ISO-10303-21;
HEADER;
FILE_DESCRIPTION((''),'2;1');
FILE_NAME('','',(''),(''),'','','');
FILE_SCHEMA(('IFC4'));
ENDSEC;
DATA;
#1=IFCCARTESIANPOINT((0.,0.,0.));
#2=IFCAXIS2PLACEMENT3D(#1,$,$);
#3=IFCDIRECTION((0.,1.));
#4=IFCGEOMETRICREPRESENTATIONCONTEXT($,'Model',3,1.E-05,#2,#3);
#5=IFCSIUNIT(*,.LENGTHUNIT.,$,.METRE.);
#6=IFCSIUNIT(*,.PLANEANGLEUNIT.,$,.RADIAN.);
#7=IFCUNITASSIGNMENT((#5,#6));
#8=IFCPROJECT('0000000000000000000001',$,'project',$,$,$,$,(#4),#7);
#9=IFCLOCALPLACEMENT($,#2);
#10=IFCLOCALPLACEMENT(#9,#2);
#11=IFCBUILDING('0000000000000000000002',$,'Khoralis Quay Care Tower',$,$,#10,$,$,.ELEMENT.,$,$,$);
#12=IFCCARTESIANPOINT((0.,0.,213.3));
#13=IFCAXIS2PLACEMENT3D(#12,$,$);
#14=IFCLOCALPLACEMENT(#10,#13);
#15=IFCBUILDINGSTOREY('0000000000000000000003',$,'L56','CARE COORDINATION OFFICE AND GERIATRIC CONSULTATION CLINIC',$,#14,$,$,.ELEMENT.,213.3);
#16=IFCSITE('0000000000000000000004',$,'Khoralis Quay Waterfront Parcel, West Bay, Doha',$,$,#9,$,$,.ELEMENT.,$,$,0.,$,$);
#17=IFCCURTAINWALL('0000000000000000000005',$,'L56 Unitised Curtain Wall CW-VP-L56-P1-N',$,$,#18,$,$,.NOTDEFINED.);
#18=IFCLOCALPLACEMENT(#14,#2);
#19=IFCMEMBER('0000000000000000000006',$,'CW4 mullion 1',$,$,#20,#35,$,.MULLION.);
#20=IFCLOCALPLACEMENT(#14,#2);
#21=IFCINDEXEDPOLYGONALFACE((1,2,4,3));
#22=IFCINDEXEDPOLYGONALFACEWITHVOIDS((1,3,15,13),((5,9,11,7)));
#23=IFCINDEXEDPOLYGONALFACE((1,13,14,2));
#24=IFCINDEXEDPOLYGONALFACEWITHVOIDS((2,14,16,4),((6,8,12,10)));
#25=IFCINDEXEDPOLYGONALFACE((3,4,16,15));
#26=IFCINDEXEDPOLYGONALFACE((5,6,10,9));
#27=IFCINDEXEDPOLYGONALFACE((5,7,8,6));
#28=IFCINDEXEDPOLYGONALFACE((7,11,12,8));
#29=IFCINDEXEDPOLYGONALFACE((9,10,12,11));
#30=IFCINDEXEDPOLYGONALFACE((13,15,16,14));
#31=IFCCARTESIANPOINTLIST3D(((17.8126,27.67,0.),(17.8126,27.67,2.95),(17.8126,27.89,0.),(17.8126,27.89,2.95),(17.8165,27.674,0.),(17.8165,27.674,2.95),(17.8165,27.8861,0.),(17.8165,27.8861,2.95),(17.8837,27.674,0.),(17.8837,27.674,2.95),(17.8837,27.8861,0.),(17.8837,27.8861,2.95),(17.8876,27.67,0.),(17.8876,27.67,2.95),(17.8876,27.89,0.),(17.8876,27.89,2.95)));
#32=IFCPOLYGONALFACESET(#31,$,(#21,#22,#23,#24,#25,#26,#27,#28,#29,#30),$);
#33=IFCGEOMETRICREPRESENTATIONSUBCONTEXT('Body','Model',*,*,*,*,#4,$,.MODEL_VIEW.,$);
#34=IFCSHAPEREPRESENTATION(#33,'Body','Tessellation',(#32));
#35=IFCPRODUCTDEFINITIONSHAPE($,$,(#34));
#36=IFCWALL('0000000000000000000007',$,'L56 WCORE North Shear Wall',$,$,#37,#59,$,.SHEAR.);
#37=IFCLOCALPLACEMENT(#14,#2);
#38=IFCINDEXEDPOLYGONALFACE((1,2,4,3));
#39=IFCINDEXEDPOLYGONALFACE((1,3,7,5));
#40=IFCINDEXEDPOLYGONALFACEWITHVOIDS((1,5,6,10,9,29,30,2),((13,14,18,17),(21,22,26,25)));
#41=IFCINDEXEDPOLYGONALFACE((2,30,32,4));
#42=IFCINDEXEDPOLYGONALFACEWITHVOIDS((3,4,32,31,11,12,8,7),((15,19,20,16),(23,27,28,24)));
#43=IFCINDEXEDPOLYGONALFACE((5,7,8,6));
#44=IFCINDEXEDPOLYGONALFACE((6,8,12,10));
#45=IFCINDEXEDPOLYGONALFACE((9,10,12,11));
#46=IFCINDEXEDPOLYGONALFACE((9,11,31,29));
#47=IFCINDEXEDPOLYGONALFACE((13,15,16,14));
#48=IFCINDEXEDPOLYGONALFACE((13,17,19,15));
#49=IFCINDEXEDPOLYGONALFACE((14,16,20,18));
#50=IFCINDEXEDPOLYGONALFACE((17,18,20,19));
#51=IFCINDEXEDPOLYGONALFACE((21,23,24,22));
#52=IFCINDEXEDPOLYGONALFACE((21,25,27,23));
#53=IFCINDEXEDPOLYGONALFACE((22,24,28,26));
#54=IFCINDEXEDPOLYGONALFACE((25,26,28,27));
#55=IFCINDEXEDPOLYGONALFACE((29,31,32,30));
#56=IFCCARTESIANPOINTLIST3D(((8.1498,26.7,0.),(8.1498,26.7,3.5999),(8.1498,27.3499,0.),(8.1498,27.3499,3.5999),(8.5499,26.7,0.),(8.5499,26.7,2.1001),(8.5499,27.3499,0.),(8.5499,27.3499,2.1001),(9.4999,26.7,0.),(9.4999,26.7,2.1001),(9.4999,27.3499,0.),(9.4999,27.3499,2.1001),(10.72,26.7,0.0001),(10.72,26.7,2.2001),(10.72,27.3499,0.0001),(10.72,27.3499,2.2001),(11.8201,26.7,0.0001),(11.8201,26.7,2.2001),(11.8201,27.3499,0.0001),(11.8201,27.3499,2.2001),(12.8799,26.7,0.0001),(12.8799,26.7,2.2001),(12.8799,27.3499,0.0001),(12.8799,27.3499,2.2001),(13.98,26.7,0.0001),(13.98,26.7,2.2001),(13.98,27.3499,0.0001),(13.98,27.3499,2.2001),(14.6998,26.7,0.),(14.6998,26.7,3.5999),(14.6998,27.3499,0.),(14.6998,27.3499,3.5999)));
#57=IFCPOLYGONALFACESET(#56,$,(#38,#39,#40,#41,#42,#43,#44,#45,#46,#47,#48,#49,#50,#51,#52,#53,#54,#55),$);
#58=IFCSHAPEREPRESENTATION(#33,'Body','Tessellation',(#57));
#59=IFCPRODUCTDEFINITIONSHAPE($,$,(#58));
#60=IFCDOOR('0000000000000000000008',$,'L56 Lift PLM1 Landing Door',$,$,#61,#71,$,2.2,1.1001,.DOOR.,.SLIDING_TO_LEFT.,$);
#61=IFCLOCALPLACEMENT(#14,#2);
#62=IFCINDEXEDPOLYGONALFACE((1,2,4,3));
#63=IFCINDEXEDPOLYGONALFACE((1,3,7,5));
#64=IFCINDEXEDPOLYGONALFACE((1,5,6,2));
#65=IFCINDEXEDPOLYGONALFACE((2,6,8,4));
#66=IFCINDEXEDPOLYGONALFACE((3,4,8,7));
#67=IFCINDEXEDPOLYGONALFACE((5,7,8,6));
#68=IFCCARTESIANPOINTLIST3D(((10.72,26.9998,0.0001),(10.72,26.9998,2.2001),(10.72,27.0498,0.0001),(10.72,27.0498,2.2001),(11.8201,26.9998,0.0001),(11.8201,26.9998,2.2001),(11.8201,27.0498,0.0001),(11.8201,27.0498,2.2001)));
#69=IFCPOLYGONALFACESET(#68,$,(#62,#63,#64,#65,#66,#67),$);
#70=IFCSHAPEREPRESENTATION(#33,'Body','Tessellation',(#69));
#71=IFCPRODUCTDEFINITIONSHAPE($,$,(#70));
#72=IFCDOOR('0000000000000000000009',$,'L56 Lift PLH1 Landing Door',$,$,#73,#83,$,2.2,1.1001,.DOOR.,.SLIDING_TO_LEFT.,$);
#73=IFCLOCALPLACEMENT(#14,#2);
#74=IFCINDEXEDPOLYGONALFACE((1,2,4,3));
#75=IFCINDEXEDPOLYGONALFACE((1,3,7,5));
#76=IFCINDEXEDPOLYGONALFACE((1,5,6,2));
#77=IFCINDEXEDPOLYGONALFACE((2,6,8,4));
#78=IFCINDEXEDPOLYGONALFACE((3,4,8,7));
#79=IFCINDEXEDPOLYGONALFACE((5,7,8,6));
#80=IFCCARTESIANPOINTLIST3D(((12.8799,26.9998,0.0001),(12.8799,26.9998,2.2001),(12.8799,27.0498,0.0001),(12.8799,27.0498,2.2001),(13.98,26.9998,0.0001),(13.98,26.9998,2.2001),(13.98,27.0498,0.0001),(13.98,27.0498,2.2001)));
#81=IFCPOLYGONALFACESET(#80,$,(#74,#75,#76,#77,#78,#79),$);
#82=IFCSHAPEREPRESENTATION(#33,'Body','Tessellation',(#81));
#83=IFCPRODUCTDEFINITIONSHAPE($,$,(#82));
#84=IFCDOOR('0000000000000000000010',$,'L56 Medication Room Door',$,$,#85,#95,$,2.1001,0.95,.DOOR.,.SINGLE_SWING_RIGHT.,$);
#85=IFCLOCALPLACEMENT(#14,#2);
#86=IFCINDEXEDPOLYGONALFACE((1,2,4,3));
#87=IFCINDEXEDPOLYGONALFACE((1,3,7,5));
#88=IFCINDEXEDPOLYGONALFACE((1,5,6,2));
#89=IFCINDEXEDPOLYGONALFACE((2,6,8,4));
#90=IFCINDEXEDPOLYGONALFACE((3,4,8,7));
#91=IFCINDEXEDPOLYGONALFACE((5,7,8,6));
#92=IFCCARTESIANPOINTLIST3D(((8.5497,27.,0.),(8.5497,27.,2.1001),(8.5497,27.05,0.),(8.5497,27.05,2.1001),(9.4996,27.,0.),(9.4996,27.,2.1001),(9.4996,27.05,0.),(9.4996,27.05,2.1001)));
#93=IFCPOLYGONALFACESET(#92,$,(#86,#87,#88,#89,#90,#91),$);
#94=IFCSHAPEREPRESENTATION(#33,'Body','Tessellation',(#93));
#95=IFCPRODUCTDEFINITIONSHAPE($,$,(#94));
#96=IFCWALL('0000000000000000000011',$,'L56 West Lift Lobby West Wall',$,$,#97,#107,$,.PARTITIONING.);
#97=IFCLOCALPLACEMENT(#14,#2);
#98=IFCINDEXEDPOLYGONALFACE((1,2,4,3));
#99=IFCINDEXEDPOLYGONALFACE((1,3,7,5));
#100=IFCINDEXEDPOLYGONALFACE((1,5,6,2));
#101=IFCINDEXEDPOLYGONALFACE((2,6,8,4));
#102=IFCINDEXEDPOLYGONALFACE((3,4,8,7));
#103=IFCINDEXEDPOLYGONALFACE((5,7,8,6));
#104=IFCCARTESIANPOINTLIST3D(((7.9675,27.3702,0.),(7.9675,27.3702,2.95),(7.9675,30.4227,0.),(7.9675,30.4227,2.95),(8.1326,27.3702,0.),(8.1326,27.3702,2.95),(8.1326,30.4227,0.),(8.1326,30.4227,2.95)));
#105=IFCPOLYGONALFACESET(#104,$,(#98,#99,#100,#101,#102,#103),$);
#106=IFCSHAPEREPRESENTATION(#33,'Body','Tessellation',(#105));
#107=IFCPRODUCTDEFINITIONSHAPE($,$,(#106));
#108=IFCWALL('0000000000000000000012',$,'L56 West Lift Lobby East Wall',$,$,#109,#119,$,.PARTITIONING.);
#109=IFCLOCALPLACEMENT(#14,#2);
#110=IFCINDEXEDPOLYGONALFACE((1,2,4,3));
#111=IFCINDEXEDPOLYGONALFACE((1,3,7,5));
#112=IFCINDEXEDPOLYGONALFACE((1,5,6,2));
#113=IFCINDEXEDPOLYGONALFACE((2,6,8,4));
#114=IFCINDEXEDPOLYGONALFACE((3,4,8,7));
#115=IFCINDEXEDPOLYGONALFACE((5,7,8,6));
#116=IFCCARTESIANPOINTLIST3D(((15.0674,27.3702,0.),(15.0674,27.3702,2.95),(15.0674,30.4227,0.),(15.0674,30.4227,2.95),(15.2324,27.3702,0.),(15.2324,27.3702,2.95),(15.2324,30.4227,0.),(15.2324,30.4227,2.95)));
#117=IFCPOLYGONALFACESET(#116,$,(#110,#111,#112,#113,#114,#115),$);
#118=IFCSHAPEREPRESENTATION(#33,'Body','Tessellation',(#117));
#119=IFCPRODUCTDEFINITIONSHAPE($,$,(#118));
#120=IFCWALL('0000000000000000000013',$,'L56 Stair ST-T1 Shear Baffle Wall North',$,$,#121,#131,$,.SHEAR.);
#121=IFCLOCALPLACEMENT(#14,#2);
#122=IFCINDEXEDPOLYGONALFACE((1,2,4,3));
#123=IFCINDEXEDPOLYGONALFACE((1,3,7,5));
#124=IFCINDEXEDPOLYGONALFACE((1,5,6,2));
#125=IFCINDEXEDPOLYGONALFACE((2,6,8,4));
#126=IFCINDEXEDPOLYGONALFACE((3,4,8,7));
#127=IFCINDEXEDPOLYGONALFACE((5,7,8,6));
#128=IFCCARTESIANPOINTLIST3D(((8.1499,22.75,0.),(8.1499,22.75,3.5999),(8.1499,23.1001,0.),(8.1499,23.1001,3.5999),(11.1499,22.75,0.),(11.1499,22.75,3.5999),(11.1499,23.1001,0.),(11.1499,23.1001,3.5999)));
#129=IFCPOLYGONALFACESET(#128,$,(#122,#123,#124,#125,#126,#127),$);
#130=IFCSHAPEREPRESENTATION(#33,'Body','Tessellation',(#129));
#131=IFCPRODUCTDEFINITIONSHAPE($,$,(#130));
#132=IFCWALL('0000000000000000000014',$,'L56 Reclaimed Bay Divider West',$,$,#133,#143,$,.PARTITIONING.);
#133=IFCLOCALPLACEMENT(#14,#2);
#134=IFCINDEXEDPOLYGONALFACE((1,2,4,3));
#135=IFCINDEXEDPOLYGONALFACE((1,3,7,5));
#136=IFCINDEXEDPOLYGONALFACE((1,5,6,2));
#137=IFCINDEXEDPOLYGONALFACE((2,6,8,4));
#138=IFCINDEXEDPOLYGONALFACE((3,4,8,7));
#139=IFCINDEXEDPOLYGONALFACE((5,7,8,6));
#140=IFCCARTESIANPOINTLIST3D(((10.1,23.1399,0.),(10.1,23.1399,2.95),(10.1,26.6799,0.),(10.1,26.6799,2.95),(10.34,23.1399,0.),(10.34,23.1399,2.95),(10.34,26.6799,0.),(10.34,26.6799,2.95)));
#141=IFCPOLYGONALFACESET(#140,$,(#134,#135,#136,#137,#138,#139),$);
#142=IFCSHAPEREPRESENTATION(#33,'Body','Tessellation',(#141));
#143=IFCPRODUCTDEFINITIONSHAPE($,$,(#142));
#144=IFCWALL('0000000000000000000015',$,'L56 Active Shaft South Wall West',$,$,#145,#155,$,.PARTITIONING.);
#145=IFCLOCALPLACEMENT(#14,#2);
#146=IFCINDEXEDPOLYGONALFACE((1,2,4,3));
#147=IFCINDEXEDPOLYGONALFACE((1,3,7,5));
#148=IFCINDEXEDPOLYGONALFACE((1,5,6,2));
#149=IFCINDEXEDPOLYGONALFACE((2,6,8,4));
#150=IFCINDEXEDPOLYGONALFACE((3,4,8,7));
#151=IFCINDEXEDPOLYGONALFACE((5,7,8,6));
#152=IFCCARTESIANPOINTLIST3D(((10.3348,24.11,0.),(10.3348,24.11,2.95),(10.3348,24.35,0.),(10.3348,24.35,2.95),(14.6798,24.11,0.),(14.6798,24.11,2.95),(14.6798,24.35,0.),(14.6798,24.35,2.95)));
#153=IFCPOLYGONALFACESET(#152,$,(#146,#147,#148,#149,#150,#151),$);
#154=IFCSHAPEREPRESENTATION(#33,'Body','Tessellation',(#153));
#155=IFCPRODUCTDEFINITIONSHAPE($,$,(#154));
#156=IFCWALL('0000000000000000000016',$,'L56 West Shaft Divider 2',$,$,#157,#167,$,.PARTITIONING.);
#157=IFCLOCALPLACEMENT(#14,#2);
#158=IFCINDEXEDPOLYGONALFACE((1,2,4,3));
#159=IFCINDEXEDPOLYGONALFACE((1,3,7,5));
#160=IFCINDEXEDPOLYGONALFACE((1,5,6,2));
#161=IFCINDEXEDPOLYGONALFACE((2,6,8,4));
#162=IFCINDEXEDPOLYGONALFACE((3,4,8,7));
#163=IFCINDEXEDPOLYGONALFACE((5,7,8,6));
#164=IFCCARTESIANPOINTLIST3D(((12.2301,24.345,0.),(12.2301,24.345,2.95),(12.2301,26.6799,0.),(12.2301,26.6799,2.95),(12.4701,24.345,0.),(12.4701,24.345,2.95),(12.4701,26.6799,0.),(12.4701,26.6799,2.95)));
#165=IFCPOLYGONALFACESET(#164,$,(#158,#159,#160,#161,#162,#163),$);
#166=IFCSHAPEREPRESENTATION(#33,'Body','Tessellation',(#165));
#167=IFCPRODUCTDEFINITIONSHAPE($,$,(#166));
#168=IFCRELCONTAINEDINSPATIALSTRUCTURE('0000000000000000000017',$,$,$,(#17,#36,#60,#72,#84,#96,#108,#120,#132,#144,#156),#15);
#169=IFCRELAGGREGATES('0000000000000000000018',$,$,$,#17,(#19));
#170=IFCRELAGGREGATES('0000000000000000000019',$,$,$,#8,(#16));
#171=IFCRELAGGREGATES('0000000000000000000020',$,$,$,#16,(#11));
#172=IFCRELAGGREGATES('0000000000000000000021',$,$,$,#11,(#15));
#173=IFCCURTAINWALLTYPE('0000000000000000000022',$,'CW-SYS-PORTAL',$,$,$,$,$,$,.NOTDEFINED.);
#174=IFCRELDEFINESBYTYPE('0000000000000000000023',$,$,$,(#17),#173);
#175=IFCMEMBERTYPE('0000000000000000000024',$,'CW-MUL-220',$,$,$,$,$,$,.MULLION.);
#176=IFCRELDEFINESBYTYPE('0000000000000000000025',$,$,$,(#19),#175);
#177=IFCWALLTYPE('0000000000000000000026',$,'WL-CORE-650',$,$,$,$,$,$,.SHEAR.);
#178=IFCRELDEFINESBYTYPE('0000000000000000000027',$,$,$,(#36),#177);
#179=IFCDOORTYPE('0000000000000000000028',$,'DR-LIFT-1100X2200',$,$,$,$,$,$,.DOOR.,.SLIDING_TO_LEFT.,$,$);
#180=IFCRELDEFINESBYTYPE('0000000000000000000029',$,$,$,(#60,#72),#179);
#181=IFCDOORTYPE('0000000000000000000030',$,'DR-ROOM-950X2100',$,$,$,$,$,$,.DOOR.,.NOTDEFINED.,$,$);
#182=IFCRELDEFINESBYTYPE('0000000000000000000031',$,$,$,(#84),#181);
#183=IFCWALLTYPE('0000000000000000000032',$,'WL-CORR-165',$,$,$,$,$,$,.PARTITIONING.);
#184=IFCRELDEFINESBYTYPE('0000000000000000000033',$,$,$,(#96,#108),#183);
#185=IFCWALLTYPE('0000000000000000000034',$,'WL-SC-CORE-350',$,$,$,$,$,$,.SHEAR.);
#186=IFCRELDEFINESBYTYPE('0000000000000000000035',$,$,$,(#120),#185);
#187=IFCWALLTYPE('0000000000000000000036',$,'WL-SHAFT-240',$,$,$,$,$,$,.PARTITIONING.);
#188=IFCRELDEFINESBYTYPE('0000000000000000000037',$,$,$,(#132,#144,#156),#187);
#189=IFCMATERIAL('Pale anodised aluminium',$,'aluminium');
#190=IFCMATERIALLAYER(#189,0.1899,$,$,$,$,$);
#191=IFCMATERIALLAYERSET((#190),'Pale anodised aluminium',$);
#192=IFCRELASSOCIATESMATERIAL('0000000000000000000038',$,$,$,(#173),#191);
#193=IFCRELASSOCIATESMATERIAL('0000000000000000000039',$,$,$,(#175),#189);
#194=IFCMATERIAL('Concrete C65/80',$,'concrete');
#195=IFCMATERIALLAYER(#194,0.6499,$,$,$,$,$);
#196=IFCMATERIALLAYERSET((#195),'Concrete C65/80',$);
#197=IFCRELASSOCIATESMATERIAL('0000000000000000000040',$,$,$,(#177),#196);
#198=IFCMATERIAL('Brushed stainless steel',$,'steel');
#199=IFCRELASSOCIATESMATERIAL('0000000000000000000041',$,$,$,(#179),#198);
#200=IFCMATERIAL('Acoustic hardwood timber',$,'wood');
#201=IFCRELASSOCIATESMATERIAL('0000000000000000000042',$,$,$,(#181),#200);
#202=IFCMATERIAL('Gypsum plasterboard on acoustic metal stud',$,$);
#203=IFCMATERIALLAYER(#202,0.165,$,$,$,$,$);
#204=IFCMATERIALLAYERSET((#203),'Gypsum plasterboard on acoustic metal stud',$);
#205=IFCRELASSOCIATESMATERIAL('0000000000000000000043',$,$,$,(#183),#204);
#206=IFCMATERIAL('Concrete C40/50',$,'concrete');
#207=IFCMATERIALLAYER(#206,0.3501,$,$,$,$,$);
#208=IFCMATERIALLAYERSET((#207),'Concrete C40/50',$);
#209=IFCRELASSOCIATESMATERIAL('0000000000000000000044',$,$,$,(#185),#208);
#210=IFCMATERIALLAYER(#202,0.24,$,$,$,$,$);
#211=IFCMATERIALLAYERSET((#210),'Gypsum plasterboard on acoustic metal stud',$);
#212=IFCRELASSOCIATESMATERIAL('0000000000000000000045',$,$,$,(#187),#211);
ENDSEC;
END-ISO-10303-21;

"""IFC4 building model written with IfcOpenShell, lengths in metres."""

from ifc_helpers import new_model, si_unit, direction, frame, frame_2d, origin, origin_2d, place, context, subcontext, project, spatial, rectangle, hollow_rectangle, extrude, source, transform, mapped, material, layer, layer_set, material_profile, profile_set, type_object, element, fill, aggregate, save


model = new_model("IFC4")

# Units and contexts
model_context = context("Model", 3, precision=1e-05, world=origin(), true_north=direction((0.0, 1.0)))
body_context = subcontext(model_context, "Body", "Model", "MODEL_VIEW")
ifc_project = project(units=[si_unit("LENGTHUNIT", "METRE"), si_unit("PLANEANGLEUNIT", "RADIAN")], contexts=[model_context])

# Site, building, storey
site_placement = place(None, origin())
site = spatial("IfcSite", under=ifc_project, at=site_placement, Name="Khoralis Quay Waterfront Parcel, West Bay, Doha", CompositionType="ELEMENT", RefElevation=0.0)
building_placement = place(site_placement, origin())
building = spatial("IfcBuilding", under=site, at=building_placement, Name="Khoralis Quay Care Tower", CompositionType="ELEMENT")
storey_placement = place(building_placement, frame((0.0, 0.0, 213.3)))
storey = spatial("IfcBuildingStorey", under=building, at=storey_placement, Name="L56", Description="CARE COORDINATION OFFICE AND GERIATRIC CONSULTATION CLINIC", CompositionType="ELEMENT", Elevation=213.3)

# Curtain wall, member
ifc_material_1 = material(Name="Pale anodised aluminium", Category="aluminium")
ifc_layer_1 = layer(ifc_material_1, 0.1899)
ifc_layer_set_1 = layer_set([ifc_layer_1], Name="Pale anodised aluminium")
curtain_wall_type = type_object("IfcCurtainWallType", Name="CW-SYS-PORTAL", PredefinedType="NOTDEFINED", material=ifc_layer_set_1)
curtain_wall_placement = place(storey_placement, origin())
curtain_wall = element("IfcCurtainWall", 1, at=curtain_wall_placement, inside=storey, type_object=curtain_wall_type, Name="L56 Unitised Curtain Wall CW-VP-L56-P1-N", PredefinedType="NOTDEFINED")
ifc_material_profile_1 = material_profile(ifc_material_1, hollow_rectangle(XDim=0.075, YDim=0.22, WallThickness=0.0039, at=origin_2d()), Name="Pale anodised aluminium")
ifc_profile_set_1 = profile_set([ifc_material_profile_1], Name="Pale anodised aluminium")
member_type_1 = type_object("IfcMemberType", Name="CW-MUL-220", PredefinedType="MULLION", material=ifc_profile_set_1)
shared_shape_1 = source(origin(), body_context, "Body", "SweptSolid", [
    extrude(hollow_rectangle(XDim=0.075, YDim=0.22, WallThickness=0.0039, at=origin_2d()), origin(), (0.0, 0.0, 1.0), 2.95),
])
member_1_placement = place(storey_placement, frame((17.8501, 27.78, 0.0), z_axis=(0.0, 0.0, 1.0), x_axis=(-1.0, 0.0, 0.0)))
member_1 = element("IfcMember", 2, at=member_1_placement, type_object=member_type_1, Name="CW4 mullion 1", PredefinedType="MULLION", context=body_context, shape_type="MappedRepresentation", body=[
    mapped(shared_shape_1, transform((0.0, 0.0, 0.0), scale=1.0)),
])
aggregate(curtain_wall, [member_1])

# Wall, openings, doors
ifc_material_2 = material(Name="Concrete C65/80", Category="concrete")
ifc_layer_2 = layer(ifc_material_2, 0.6499)
ifc_layer_set_2 = layer_set([ifc_layer_2], Name="Concrete C65/80")
wall_type_1 = type_object("IfcWallType", Name="WL-CORE-650", PredefinedType="SHEAR", material=ifc_layer_set_2)
wall_1_placement = place(storey_placement, frame((8.1499, 27.0249, 0.0), z_axis=(0.0, 0.0, 1.0), x_axis=(1.0, 0.0, 0.0)))
wall_1 = element("IfcWall", 3, at=wall_1_placement, inside=storey, type_object=wall_type_1, Name="L56 WCORE North Shear Wall", PredefinedType="SHEAR", context=body_context, shape_type="SweptSolid", body=[
    extrude(rectangle(XDim=6.55, YDim=0.6499, at=frame_2d((3.2749, 0.0))), origin(), (0.0, 0.0, 1.0), 3.5999),
])
opening_1_placement = place(wall_1_placement, frame((0.3999, 0.0, 0.0)))
opening_1 = element("IfcOpeningElement", 4, at=opening_1_placement, cuts=wall_1, PredefinedType="OPENING", context=body_context, shape_type="SweptSolid", body=[
    extrude(rectangle(XDim=0.95, YDim=2.1001, at=frame_2d((0.4751, 1.05))), frame((0.0, 0.335, 0.0), z_axis=(0.0, -1.0, 0.0), x_axis=(1.0, 0.0, 0.0)), (0.0, 0.0, 1.0), 0.6699),
])
opening_2_placement = place(wall_1_placement, frame((2.5701, 0.0, 0.0)))
opening_2 = element("IfcOpeningElement", 5, at=opening_2_placement, cuts=wall_1, PredefinedType="OPENING", context=body_context, shape_type="SweptSolid", body=[
    extrude(rectangle(XDim=1.1001, YDim=2.2, at=frame_2d((0.55, 1.1001))), frame((0.0, 0.335, 0.0), z_axis=(0.0, -1.0, 0.0), x_axis=(1.0, 0.0, 0.0)), (0.0, 0.0, 1.0), 0.6699),
])
opening_3_placement = place(wall_1_placement, frame((4.73, 0.0, 0.0)))
opening_3 = element("IfcOpeningElement", 6, at=opening_3_placement, cuts=wall_1, PredefinedType="OPENING", context=body_context, shape_type="SweptSolid", body=[
    extrude(rectangle(XDim=1.1001, YDim=2.2, at=frame_2d((0.55, 1.1001))), frame((0.0, 0.335, 0.0), z_axis=(0.0, -1.0, 0.0), x_axis=(1.0, 0.0, 0.0)), (0.0, 0.0, 1.0), 0.6699),
])
ifc_material_3 = material(Name="Brushed stainless steel", Category="steel")
door_type_1 = type_object("IfcDoorType", Name="DR-LIFT-1100X2200", OperationType="SLIDING_TO_LEFT", PredefinedType="DOOR", material=ifc_material_3)
shared_shape_2 = source(origin(), body_context, "Body", "SweptSolid", [
    extrude(rectangle(XDim=1.1001, YDim=2.2, at=frame_2d((0.55, 1.1001))), frame((0.0, 0.0249, 0.0), z_axis=(0.0, -1.0, 0.0), x_axis=(1.0, 0.0, 0.0)), (0.0, 0.0, 1.0), 0.05),
])
door_1_placement = place(opening_2_placement, origin())
door_1 = element("IfcDoor", 7, at=door_1_placement, inside=storey, type_object=door_type_1, Name="L56 Lift PLM1 Landing Door", OperationType="SLIDING_TO_LEFT", OverallHeight=2.2, OverallWidth=1.1001, PredefinedType="DOOR", context=body_context, shape_type="MappedRepresentation", body=[
    mapped(shared_shape_2, transform((0.0, 0.0, 0.0), scale=1.0)),
])
fill(opening_2, door_1)
door_2_placement = place(opening_3_placement, origin())
door_2 = element("IfcDoor", 8, at=door_2_placement, inside=storey, type_object=door_type_1, Name="L56 Lift PLH1 Landing Door", OperationType="SLIDING_TO_LEFT", OverallHeight=2.2, OverallWidth=1.1001, PredefinedType="DOOR", context=body_context, shape_type="MappedRepresentation", body=[
    mapped(shared_shape_2, transform((0.0, 0.0, 0.0), scale=1.0)),
])
fill(opening_3, door_2)
ifc_material_4 = material(Name="Acoustic hardwood timber", Category="wood")
door_type_2 = type_object("IfcDoorType", Name="DR-ROOM-950X2100", OperationType="NOTDEFINED", PredefinedType="DOOR", material=ifc_material_4)
shared_shape_3 = source(origin(), body_context, "Body", "SweptSolid", [
    extrude(rectangle(XDim=0.95, YDim=2.1001, at=frame_2d((0.4751, 1.05))), frame((0.0, 0.0249, 0.0), z_axis=(0.0, -1.0, 0.0), x_axis=(1.0, 0.0, 0.0)), (0.0, 0.0, 1.0), 0.05),
])
door_3_placement = place(opening_1_placement, frame((0.95, 0.0, 0.0), z_axis=(0.0, 0.0, 1.0), x_axis=(-1.0, 0.0, 0.0)))
door_3 = element("IfcDoor", 9, at=door_3_placement, inside=storey, type_object=door_type_2, Name="L56 Medication Room Door", OperationType="SINGLE_SWING_RIGHT", OverallHeight=2.1001, OverallWidth=0.95, PredefinedType="DOOR", context=body_context, shape_type="MappedRepresentation", body=[
    mapped(shared_shape_3, transform((0.0, 0.0, 0.0), scale=1.0)),
])
fill(opening_1, door_3)

# Walls
ifc_material_5 = material(Name="Gypsum plasterboard on acoustic metal stud")
ifc_layer_3 = layer(ifc_material_5, 0.165)
ifc_layer_set_3 = layer_set([ifc_layer_3], Name="Gypsum plasterboard on acoustic metal stud")
wall_type_2 = type_object("IfcWallType", Name="WL-CORR-165", PredefinedType="PARTITIONING", material=ifc_layer_set_3)
for number, where, z_axis, x_axis, name in (
    (10, (8.05, 27.3701, 0.0), (0.0, 0.0, 1.0), (0.0, 1.0, 0.0), "L56 West Lift Lobby West Wall"),
    (11, (15.1499, 27.3701, 0.0), (0.0, 0.0, 1.0), (0.0, 1.0, 0.0), "L56 West Lift Lobby East Wall"),
):
    element("IfcWall", number, at=place(storey_placement, frame(where, z_axis=z_axis, x_axis=x_axis)), inside=storey, type_object=wall_type_2, Name=name, PredefinedType="PARTITIONING", context=body_context, shape_type="SweptSolid", body=[
        extrude(rectangle(XDim=3.0525, YDim=0.165, at=frame_2d((1.5264, 0.0))), origin(), (0.0, 0.0, 1.0), 2.95),
    ])
ifc_material_6 = material(Name="Concrete C40/50", Category="concrete")
ifc_layer_4 = layer(ifc_material_6, 0.3501)
ifc_layer_set_4 = layer_set([ifc_layer_4], Name="Concrete C40/50")
wall_type_3 = type_object("IfcWallType", Name="WL-SC-CORE-350", PredefinedType="SHEAR", material=ifc_layer_set_4)
wall_2_placement = place(storey_placement, frame((8.1499, 22.925, 0.0), z_axis=(0.0, 0.0, 1.0), x_axis=(1.0, 0.0, 0.0)))
element("IfcWall", 12, at=wall_2_placement, inside=storey, type_object=wall_type_3, Name="L56 Stair ST-T1 Shear Baffle Wall North", PredefinedType="SHEAR", context=body_context, shape_type="SweptSolid", body=[
    extrude(rectangle(XDim=3.0, YDim=0.3501, at=frame_2d((1.5, 0.0))), origin(), (0.0, 0.0, 1.0), 3.5999),
])
ifc_layer_5 = layer(ifc_material_5, 0.24)
ifc_layer_set_5 = layer_set([ifc_layer_5], Name="Gypsum plasterboard on acoustic metal stud")
wall_type_4 = type_object("IfcWallType", Name="WL-SHAFT-240", PredefinedType="PARTITIONING", material=ifc_layer_set_5)
wall_3_placement = place(storey_placement, frame((10.22, 23.1399, 0.0), z_axis=(0.0, 0.0, 1.0), x_axis=(0.0, 1.0, 0.0)))
element("IfcWall", 13, at=wall_3_placement, inside=storey, type_object=wall_type_4, Name="L56 Reclaimed Bay Divider West", PredefinedType="PARTITIONING", context=body_context, shape_type="SweptSolid", body=[
    extrude(rectangle(XDim=3.54, YDim=0.24, at=frame_2d((1.77, 0.0))), origin(), (0.0, 0.0, 1.0), 2.95),
])
wall_4_placement = place(storey_placement, frame((10.335, 24.23, 0.0), z_axis=(0.0, 0.0, 1.0), x_axis=(1.0, 0.0, 0.0)))
element("IfcWall", 14, at=wall_4_placement, inside=storey, type_object=wall_type_4, Name="L56 Active Shaft South Wall West", PredefinedType="PARTITIONING", context=body_context, shape_type="SweptSolid", body=[
    extrude(rectangle(XDim=4.345, YDim=0.24, at=frame_2d((2.1724, 0.0))), origin(), (0.0, 0.0, 1.0), 2.95),
])
wall_5_placement = place(storey_placement, frame((12.3501, 24.345, 0.0), z_axis=(0.0, 0.0, 1.0), x_axis=(0.0, 1.0, 0.0)))
element("IfcWall", 15, at=wall_5_placement, inside=storey, type_object=wall_type_4, Name="L56 West Shaft Divider 2", PredefinedType="PARTITIONING", context=body_context, shape_type="SweptSolid", body=[
    extrude(rectangle(XDim=2.335, YDim=0.24, at=frame_2d((1.1675, 0.0))), origin(), (0.0, 0.0, 1.0), 2.95),
])

save(model, "model.ifc")
